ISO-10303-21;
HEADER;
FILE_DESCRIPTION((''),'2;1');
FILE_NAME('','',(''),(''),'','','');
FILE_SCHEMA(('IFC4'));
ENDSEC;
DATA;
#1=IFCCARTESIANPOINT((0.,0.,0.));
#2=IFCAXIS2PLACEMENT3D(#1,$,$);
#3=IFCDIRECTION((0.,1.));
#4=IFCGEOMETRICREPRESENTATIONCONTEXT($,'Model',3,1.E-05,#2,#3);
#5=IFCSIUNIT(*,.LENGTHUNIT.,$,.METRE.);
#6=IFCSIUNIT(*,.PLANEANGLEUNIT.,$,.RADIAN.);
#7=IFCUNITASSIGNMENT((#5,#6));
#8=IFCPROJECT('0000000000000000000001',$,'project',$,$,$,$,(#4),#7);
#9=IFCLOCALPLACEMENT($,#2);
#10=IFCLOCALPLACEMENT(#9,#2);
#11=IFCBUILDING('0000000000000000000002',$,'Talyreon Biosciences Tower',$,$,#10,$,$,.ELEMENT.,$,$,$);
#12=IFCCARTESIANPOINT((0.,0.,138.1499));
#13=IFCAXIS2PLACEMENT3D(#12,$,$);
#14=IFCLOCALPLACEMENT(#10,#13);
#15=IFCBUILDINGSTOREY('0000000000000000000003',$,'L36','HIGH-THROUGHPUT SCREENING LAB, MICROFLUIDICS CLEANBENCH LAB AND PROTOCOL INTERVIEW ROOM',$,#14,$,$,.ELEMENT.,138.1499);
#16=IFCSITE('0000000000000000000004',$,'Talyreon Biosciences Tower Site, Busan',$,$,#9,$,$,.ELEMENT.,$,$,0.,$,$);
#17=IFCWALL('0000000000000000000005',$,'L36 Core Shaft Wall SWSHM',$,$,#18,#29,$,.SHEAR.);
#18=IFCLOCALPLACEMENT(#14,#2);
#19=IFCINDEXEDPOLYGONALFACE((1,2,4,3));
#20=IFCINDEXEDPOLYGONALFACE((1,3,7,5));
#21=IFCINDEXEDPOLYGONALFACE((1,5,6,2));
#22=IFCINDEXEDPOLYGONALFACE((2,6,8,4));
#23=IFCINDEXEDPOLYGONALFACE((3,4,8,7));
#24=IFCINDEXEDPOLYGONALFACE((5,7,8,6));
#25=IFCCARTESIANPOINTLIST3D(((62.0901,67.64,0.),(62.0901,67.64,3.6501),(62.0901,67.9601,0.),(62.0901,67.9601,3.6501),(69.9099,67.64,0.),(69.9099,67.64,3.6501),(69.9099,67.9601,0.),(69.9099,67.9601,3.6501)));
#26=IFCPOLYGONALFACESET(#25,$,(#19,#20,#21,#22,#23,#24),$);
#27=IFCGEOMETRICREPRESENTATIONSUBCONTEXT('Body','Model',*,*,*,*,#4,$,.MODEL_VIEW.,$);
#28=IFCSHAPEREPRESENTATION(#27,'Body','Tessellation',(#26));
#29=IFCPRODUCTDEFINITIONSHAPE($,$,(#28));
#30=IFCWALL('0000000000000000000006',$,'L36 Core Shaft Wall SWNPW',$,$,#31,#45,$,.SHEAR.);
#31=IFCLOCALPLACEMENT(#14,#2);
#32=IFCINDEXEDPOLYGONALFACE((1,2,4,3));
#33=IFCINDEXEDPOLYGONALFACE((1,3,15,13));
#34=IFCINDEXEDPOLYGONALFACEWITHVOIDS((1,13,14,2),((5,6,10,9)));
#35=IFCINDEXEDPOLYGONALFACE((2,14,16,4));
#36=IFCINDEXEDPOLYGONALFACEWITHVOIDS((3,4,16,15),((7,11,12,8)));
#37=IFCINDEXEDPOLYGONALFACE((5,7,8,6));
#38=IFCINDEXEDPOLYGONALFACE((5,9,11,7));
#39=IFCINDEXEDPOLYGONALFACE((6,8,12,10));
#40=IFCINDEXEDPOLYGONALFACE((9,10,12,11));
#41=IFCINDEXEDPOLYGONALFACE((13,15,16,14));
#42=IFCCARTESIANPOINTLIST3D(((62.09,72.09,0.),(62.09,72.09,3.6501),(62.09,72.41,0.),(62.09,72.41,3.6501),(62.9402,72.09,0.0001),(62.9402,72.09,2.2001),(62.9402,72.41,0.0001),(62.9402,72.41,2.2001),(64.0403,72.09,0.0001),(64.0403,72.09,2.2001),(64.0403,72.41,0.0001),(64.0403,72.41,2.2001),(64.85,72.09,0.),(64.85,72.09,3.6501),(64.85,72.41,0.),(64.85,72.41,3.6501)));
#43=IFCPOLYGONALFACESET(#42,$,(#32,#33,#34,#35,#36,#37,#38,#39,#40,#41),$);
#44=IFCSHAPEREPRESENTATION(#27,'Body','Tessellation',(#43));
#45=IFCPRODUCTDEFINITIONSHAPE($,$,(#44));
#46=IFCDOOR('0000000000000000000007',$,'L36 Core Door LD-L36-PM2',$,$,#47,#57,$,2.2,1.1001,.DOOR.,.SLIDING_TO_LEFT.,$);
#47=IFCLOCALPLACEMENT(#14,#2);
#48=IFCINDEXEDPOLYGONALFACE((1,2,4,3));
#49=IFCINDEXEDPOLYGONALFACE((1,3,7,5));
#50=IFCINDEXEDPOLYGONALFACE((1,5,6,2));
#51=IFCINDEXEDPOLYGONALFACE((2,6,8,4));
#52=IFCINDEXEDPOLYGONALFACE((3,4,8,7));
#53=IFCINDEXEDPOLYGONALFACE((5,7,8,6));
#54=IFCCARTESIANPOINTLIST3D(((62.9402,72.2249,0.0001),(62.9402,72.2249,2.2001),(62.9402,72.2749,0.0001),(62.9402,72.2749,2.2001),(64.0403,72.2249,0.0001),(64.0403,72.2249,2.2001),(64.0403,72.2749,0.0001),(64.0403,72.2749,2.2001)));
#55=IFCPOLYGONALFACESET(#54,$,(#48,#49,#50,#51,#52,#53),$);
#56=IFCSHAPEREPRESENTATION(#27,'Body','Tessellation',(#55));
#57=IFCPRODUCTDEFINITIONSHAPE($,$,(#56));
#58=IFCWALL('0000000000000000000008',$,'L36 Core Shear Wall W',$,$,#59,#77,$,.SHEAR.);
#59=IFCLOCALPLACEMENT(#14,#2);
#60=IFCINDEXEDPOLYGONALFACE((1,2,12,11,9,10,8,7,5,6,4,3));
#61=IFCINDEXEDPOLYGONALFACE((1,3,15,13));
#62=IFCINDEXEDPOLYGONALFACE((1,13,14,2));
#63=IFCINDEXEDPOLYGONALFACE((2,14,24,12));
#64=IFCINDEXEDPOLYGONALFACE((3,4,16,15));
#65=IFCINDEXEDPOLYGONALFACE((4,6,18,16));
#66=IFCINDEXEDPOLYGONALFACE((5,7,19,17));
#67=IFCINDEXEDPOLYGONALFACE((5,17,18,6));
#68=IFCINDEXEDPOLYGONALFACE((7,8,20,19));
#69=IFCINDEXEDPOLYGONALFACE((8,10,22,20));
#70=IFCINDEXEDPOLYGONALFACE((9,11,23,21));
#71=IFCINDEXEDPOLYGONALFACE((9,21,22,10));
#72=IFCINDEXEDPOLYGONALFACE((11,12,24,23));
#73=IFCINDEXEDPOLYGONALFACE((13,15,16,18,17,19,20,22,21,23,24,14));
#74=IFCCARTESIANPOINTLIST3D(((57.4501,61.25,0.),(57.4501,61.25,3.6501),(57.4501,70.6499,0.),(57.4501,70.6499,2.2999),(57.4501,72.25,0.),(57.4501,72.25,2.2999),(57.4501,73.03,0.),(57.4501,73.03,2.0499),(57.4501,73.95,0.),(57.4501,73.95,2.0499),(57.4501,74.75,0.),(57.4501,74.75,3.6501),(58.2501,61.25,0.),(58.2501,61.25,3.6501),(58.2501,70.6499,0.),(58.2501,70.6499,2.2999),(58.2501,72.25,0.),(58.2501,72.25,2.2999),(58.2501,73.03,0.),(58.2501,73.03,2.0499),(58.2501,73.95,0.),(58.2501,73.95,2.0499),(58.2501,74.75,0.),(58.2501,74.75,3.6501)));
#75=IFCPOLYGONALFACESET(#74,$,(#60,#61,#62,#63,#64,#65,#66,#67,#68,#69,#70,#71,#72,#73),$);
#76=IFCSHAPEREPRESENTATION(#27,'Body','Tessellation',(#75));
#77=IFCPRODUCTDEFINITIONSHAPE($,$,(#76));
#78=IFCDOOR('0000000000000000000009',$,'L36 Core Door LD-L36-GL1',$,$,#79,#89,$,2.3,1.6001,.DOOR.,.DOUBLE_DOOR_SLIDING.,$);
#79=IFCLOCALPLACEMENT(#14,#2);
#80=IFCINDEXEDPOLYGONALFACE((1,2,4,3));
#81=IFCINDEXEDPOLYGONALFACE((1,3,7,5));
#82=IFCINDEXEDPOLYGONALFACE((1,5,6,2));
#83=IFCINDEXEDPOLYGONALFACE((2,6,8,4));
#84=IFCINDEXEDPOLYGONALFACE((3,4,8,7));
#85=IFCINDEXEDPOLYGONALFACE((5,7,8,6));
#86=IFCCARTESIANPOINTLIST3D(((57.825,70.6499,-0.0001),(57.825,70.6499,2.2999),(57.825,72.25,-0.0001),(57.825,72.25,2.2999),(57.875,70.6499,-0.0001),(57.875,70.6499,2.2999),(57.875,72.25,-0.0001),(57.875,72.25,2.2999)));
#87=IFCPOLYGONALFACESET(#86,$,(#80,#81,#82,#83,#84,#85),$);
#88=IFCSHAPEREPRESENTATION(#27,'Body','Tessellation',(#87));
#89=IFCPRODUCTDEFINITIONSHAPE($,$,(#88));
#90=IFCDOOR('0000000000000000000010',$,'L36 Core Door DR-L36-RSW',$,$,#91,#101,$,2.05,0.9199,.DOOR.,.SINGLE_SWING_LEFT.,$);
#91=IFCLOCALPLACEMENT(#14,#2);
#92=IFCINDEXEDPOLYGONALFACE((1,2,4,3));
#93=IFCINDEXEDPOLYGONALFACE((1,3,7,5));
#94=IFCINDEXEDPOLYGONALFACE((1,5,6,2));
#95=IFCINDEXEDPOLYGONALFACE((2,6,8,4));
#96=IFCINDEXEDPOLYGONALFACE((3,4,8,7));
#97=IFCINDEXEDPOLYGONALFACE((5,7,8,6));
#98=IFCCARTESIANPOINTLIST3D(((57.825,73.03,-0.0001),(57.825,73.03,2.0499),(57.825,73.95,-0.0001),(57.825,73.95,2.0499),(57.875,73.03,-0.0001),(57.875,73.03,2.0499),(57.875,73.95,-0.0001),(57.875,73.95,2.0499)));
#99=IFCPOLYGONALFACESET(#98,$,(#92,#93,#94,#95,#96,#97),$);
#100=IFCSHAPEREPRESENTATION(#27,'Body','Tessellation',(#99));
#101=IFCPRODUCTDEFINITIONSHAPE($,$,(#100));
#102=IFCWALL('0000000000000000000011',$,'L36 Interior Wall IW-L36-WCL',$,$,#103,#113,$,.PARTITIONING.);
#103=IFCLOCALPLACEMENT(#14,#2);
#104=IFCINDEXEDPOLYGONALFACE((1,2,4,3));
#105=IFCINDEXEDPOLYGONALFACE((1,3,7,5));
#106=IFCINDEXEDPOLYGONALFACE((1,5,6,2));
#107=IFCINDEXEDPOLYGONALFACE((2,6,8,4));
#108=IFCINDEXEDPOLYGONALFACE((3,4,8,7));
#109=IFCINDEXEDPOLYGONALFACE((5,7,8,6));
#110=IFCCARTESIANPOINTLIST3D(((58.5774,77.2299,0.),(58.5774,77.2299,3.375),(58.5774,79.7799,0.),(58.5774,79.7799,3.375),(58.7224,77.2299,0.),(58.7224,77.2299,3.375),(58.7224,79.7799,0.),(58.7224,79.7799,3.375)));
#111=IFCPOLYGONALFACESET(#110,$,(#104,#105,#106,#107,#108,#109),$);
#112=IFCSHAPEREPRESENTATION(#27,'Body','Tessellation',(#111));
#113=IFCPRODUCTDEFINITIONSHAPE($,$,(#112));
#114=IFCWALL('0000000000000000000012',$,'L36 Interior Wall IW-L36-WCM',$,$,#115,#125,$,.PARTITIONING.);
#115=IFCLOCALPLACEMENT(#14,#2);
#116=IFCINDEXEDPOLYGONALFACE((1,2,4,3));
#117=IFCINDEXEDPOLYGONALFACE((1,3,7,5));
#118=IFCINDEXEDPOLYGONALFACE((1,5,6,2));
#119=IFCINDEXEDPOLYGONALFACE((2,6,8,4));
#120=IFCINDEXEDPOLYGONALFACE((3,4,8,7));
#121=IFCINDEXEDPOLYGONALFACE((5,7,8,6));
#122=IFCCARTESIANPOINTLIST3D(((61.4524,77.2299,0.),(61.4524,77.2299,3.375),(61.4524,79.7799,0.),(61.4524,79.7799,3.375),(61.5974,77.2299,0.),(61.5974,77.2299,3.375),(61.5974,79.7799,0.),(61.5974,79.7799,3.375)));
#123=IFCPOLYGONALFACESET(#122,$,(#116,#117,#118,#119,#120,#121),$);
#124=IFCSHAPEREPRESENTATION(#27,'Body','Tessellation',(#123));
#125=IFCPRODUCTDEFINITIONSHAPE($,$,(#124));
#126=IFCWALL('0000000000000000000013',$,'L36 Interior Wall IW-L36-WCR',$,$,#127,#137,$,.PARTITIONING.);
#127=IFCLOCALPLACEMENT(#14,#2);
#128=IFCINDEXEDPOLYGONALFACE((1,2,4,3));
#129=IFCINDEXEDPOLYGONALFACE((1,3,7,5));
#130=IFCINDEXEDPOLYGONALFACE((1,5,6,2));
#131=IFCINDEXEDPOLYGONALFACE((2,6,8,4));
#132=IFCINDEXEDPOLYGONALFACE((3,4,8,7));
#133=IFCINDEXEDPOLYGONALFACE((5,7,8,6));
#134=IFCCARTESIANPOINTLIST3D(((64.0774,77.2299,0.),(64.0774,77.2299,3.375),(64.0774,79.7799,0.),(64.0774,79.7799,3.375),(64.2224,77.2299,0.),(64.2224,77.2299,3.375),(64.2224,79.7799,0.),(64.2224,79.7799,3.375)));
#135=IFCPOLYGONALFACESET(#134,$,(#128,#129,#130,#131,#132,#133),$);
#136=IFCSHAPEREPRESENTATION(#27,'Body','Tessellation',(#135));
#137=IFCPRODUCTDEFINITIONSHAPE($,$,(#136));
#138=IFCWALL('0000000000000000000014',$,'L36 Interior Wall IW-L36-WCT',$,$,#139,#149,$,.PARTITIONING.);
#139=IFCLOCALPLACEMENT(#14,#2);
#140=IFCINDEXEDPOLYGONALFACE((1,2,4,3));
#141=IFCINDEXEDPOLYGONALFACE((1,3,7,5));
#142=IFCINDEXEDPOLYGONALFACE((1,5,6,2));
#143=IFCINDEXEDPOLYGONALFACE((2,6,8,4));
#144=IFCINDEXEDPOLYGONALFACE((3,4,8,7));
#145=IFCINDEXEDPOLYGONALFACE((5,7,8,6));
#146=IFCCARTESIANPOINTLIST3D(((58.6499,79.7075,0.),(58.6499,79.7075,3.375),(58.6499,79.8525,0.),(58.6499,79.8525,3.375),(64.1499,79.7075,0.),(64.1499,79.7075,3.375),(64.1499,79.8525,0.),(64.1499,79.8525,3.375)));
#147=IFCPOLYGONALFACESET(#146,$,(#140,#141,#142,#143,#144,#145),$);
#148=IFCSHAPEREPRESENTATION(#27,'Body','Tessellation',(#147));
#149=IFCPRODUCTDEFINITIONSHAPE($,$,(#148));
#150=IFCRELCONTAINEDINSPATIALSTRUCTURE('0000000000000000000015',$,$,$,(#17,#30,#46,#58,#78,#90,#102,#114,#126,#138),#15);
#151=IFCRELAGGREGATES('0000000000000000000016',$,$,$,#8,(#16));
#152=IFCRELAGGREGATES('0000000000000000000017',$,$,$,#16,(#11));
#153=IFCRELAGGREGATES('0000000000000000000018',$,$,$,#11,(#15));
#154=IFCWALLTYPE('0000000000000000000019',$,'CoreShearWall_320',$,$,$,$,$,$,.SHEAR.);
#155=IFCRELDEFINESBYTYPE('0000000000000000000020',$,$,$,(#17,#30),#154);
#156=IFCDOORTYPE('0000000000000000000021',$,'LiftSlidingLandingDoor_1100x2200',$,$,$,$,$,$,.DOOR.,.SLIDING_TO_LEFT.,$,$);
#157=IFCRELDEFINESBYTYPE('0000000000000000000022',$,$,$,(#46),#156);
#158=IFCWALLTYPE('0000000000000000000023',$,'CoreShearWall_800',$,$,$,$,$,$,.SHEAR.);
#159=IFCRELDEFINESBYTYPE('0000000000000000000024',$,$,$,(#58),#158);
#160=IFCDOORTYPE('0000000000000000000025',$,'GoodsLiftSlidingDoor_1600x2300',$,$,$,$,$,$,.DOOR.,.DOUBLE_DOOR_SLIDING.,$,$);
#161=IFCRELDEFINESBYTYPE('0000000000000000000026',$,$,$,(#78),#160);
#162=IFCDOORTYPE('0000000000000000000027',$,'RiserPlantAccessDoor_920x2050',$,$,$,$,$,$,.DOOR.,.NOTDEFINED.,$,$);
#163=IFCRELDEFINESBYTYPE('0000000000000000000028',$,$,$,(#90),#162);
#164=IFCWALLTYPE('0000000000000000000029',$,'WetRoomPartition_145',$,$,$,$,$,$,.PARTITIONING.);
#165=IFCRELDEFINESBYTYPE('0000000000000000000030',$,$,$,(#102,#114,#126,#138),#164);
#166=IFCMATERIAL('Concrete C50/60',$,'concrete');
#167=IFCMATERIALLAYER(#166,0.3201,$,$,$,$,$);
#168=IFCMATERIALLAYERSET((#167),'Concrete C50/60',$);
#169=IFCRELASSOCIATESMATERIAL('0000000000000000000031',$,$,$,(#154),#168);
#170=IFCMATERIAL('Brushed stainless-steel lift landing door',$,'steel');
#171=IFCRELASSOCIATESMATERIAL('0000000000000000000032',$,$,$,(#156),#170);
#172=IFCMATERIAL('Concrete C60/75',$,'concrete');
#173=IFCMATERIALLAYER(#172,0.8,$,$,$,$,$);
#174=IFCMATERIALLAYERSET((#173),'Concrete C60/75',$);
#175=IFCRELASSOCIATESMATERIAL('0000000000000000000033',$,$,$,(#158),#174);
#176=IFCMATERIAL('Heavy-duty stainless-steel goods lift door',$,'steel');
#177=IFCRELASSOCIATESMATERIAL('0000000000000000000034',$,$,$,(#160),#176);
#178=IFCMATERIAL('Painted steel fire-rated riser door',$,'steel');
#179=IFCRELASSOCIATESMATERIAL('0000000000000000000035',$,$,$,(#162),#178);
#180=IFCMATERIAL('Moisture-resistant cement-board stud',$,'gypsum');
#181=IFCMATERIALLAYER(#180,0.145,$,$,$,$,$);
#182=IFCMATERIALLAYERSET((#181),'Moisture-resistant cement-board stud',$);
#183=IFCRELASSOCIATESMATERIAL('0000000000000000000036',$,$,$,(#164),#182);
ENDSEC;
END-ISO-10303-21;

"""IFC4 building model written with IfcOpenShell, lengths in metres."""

from ifc_helpers import new_model, si_unit, direction, frame, frame_2d, origin, place, context, subcontext, project, spatial, rectangle, extrude, material, layer, layer_set, type_object, element, fill, save


model = new_model("IFC4")

# Units and contexts
model_context = context("Model", 3, precision=1e-05, world=origin(), true_north=direction((0.0, 1.0)))
body_context = subcontext(model_context, "Body", "Model", "MODEL_VIEW")
ifc_project = project(units=[si_unit("LENGTHUNIT", "METRE"), si_unit("PLANEANGLEUNIT", "RADIAN")], contexts=[model_context])

# Site, building, storey
site_placement = place(None, origin())
site = spatial("IfcSite", under=ifc_project, at=site_placement, Name="Talyreon Biosciences Tower Site, Busan", CompositionType="ELEMENT", RefElevation=0.0)
building_placement = place(site_placement, origin())
building = spatial("IfcBuilding", under=site, at=building_placement, Name="Talyreon Biosciences Tower", CompositionType="ELEMENT")
storey_placement = place(building_placement, frame((0.0, 0.0, 138.1499)))
storey = spatial("IfcBuildingStorey", under=building, at=storey_placement, Name="L36", Description="HIGH-THROUGHPUT SCREENING LAB, MICROFLUIDICS CLEANBENCH LAB AND PROTOCOL INTERVIEW ROOM", CompositionType="ELEMENT", Elevation=138.1499)

# Shared definitions
ifc_material_1 = material(Name="Concrete C50/60", Category="concrete")

# Shared definitions
ifc_material_2 = material(Name="Concrete C60/75", Category="concrete")

# Wall
ifc_layer_1 = layer(ifc_material_1, 0.3201)
ifc_layer_set_1 = layer_set([ifc_layer_1], Name="Concrete C50/60")
wall_type_1 = type_object("IfcWallType", Name="CoreShearWall_320", PredefinedType="SHEAR", material=ifc_layer_set_1)
wall_1_placement = place(storey_placement, frame((62.0901, 67.8, 0.0), z_axis=(0.0, 0.0, 1.0), x_axis=(1.0, 0.0, 0.0)))
element("IfcWall", 1, at=wall_1_placement, inside=storey, type_object=wall_type_1, Name="L36 Core Shaft Wall SWSHM", PredefinedType="SHEAR", context=body_context, shape_type="SweptSolid", body=[
    extrude(rectangle(XDim=7.8198, YDim=0.3201, at=frame_2d((3.9099, 0.0))), origin(), (0.0, 0.0, 1.0), 3.6501),
])

# Shared definitions
ifc_material_3 = material(Name="Brushed stainless-steel lift landing door", Category="steel")
door_type_1 = type_object("IfcDoorType", Name="LiftSlidingLandingDoor_1100x2200", OperationType="SLIDING_TO_LEFT", PredefinedType="DOOR", material=ifc_material_3)

# Wall, opening, door
wall_2_placement = place(storey_placement, frame((62.0901, 72.25, 0.0), z_axis=(0.0, 0.0, 1.0), x_axis=(1.0, 0.0, 0.0)))
wall_2 = element("IfcWall", 2, at=wall_2_placement, inside=storey, type_object=wall_type_1, Name="L36 Core Shaft Wall SWNPW", PredefinedType="SHEAR", context=body_context, shape_type="SweptSolid", body=[
    extrude(rectangle(XDim=2.76, YDim=0.3201, at=frame_2d((1.3799, 0.0))), origin(), (0.0, 0.0, 1.0), 3.6501),
])
opening_1_placement = place(wall_2_placement, frame((0.8501, 0.0, 0.0)))
opening_1 = element("IfcOpeningElement", 3, at=opening_1_placement, cuts=wall_2, PredefinedType="OPENING", context=body_context, shape_type="SweptSolid", body=[
    extrude(rectangle(XDim=1.1001, YDim=2.2, at=frame_2d((0.55, 1.1001))), frame((0.0, 0.1699, 0.0), z_axis=(0.0, -1.0, 0.0), x_axis=(1.0, 0.0, 0.0)), (0.0, 0.0, 1.0), 0.3401),
])
door_1_placement = place(opening_1_placement, origin())
door_1 = element("IfcDoor", 4, at=door_1_placement, inside=storey, type_object=door_type_1, Name="L36 Core Door LD-L36-PM2", OperationType="SLIDING_TO_LEFT", OverallHeight=2.2, OverallWidth=1.1001, PredefinedType="DOOR", context=body_context, shape_type="SweptSolid", body=[
    extrude(rectangle(XDim=1.1001, YDim=2.2, at=frame_2d((0.55, 1.1001))), frame((0.0, 0.0249, 0.0), z_axis=(0.0, -1.0, 0.0), x_axis=(1.0, 0.0, 0.0)), (0.0, 0.0, 1.0), 0.05),
])
fill(opening_1, door_1)

# Wall, openings, doors
ifc_layer_2 = layer(ifc_material_2, 0.8)
ifc_layer_set_2 = layer_set([ifc_layer_2], Name="Concrete C60/75")
wall_type_2 = type_object("IfcWallType", Name="CoreShearWall_800", PredefinedType="SHEAR", material=ifc_layer_set_2)
wall_3_placement = place(storey_placement, frame((57.8501, 74.75, 0.0), z_axis=(0.0, 0.0, 1.0), x_axis=(0.0, -1.0, 0.0)))
wall_3 = element("IfcWall", 5, at=wall_3_placement, inside=storey, type_object=wall_type_2, Name="L36 Core Shear Wall W", PredefinedType="SHEAR", context=body_context, shape_type="SweptSolid", body=[
    extrude(rectangle(XDim=13.5, YDim=0.8, at=frame_2d((6.75, 0.0))), origin(), (0.0, 0.0, 1.0), 3.6501),
])
opening_2_placement = place(wall_3_placement, frame((0.8, 0.0, 0.0)))
opening_2 = element("IfcOpeningElement", 6, at=opening_2_placement, cuts=wall_3, PredefinedType="OPENING", context=body_context, shape_type="SweptSolid", body=[
    extrude(rectangle(XDim=0.9199, YDim=2.05, at=frame_2d((0.46, 1.0249))), frame((0.0, 0.4099, 0.0), z_axis=(0.0, -1.0, 0.0), x_axis=(1.0, 0.0, 0.0)), (0.0, 0.0, 1.0), 0.8201),
])
opening_3_placement = place(wall_3_placement, frame((2.5, 0.0, 0.0)))
opening_3 = element("IfcOpeningElement", 7, at=opening_3_placement, cuts=wall_3, PredefinedType="OPENING", context=body_context, shape_type="SweptSolid", body=[
    extrude(rectangle(XDim=1.6001, YDim=2.3, at=frame_2d((0.8, 1.1499))), frame((0.0, 0.4099, 0.0), z_axis=(0.0, -1.0, 0.0), x_axis=(1.0, 0.0, 0.0)), (0.0, 0.0, 1.0), 0.8201),
])
ifc_material_4 = material(Name="Heavy-duty stainless-steel goods lift door", Category="steel")
door_type_2 = type_object("IfcDoorType", Name="GoodsLiftSlidingDoor_1600x2300", OperationType="DOUBLE_DOOR_SLIDING", PredefinedType="DOOR", material=ifc_material_4)
door_2_placement = place(opening_3_placement, origin())
door_2 = element("IfcDoor", 8, at=door_2_placement, inside=storey, type_object=door_type_2, Name="L36 Core Door LD-L36-GL1", OperationType="DOUBLE_DOOR_SLIDING", OverallHeight=2.3, OverallWidth=1.6001, PredefinedType="DOOR", context=body_context, shape_type="SweptSolid", body=[
    extrude(rectangle(XDim=1.6001, YDim=2.3, at=frame_2d((0.8, 1.1499))), frame((0.0, 0.0249, 0.0), z_axis=(0.0, -1.0, 0.0), x_axis=(1.0, 0.0, 0.0)), (0.0, 0.0, 1.0), 0.05),
])
fill(opening_3, door_2)
ifc_material_5 = material(Name="Painted steel fire-rated riser door", Category="steel")
door_type_3 = type_object("IfcDoorType", Name="RiserPlantAccessDoor_920x2050", OperationType="NOTDEFINED", PredefinedType="DOOR", material=ifc_material_5)
door_3_placement = place(opening_2_placement, origin())
door_3 = element("IfcDoor", 9, at=door_3_placement, inside=storey, type_object=door_type_3, Name="L36 Core Door DR-L36-RSW", OperationType="SINGLE_SWING_LEFT", OverallHeight=2.05, OverallWidth=0.9199, PredefinedType="DOOR", context=body_context, shape_type="SweptSolid", body=[
    extrude(rectangle(XDim=0.9199, YDim=2.05, at=frame_2d((0.46, 1.0249))), frame((0.0, 0.0249, 0.0), z_axis=(0.0, -1.0, 0.0), x_axis=(1.0, 0.0, 0.0)), (0.0, 0.0, 1.0), 0.05),
])
fill(opening_2, door_3)

# Walls
ifc_material_6 = material(Name="Moisture-resistant cement-board stud", Category="gypsum")
ifc_layer_3 = layer(ifc_material_6, 0.145)
ifc_layer_set_3 = layer_set([ifc_layer_3], Name="Moisture-resistant cement-board stud")
wall_type_3 = type_object("IfcWallType", Name="WetRoomPartition_145", PredefinedType="PARTITIONING", material=ifc_layer_set_3)
for number, where, z_axis, x_axis, name in (
    (10, (58.6499, 77.23, 0.0), (0.0, 0.0, 1.0), (0.0, 1.0, 0.0), "L36 Interior Wall IW-L36-WCL"),
    (11, (61.5249, 77.23, 0.0), (0.0, 0.0, 1.0), (0.0, 1.0, 0.0), "L36 Interior Wall IW-L36-WCM"),
    (12, (64.1499, 77.23, 0.0), (0.0, 0.0, 1.0), (0.0, 1.0, 0.0), "L36 Interior Wall IW-L36-WCR"),
):
    element("IfcWall", number, at=place(storey_placement, frame(where, z_axis=z_axis, x_axis=x_axis)), inside=storey, type_object=wall_type_3, Name=name, PredefinedType="PARTITIONING", context=body_context, shape_type="SweptSolid", body=[
        extrude(rectangle(XDim=2.55, YDim=0.145, at=frame_2d((1.2749, 0.0))), origin(), (0.0, 0.0, 1.0), 3.375),
    ])
wall_4_placement = place(storey_placement, frame((58.6499, 79.78, 0.0), z_axis=(0.0, 0.0, 1.0), x_axis=(1.0, 0.0, 0.0)))
element("IfcWall", 13, at=wall_4_placement, inside=storey, type_object=wall_type_3, Name="L36 Interior Wall IW-L36-WCT", PredefinedType="PARTITIONING", context=body_context, shape_type="SweptSolid", body=[
    extrude(rectangle(XDim=5.5, YDim=0.145, at=frame_2d((2.75, 0.0))), origin(), (0.0, 0.0, 1.0), 3.375),
])

save(model, "model.ifc")
